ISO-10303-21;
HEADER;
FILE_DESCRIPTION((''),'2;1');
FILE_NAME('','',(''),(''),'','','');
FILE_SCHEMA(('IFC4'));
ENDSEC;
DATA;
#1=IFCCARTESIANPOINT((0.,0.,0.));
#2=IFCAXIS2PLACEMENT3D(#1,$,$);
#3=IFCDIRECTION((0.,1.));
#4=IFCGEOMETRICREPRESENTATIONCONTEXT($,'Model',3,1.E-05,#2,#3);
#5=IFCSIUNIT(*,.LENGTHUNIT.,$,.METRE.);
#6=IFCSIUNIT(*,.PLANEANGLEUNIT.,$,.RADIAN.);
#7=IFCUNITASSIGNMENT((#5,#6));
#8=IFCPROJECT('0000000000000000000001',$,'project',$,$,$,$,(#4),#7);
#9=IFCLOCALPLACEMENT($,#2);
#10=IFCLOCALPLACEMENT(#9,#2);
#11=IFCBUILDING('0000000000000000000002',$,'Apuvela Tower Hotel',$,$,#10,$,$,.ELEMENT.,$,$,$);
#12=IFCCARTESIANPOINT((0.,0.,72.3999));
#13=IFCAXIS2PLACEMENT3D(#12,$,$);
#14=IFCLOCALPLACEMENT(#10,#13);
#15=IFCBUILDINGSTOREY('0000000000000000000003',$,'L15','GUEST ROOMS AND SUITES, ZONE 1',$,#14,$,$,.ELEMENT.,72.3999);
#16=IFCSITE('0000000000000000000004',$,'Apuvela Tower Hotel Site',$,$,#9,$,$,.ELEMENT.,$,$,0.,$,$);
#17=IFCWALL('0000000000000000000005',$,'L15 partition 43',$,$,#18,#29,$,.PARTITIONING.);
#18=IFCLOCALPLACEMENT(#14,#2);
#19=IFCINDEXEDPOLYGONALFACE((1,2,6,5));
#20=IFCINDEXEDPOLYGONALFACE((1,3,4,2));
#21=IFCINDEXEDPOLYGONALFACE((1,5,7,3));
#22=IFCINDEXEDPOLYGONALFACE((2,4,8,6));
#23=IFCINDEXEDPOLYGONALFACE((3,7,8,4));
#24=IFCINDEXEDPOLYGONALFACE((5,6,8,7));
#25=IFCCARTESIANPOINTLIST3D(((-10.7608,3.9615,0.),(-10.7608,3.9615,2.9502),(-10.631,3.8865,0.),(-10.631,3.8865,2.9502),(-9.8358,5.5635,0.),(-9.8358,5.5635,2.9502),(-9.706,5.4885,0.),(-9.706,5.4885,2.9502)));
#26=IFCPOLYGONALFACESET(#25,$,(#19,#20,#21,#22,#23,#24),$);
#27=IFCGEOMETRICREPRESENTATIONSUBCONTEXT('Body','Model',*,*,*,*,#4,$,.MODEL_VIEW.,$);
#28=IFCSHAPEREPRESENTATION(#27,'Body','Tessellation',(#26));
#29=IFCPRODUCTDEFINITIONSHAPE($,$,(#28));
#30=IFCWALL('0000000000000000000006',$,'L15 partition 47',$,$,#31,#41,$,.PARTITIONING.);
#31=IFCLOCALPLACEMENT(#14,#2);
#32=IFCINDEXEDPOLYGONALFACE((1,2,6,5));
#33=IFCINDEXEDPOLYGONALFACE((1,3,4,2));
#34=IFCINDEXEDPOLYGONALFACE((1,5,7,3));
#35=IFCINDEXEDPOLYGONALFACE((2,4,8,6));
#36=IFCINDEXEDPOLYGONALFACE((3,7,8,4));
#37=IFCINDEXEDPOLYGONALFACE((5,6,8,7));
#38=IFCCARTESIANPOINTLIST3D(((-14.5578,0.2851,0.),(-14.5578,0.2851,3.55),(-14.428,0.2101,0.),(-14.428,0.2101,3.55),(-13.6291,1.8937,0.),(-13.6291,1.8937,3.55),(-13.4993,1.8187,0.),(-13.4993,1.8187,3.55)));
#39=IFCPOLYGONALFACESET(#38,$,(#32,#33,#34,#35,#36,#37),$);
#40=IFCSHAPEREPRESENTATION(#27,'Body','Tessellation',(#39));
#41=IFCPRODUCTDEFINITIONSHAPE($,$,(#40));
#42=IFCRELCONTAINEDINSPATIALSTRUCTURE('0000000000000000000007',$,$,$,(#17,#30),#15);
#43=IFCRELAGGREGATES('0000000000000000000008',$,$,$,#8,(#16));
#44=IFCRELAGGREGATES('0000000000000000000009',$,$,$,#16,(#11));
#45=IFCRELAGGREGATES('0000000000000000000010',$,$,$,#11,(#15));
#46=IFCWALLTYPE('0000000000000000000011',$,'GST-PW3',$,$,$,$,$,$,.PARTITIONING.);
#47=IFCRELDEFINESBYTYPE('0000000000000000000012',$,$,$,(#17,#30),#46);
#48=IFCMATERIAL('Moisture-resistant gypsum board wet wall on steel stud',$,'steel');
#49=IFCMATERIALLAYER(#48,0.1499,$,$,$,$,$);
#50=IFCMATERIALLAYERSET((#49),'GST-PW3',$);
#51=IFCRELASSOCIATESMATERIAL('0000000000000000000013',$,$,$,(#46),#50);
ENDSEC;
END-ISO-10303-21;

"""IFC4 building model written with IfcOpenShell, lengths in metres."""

from ifc_helpers import new_model, si_unit, direction, frame, frame_2d, origin, place, context, subcontext, project, spatial, rectangle, extrude, material, layer, layer_set, type_object, element, save


model = new_model("IFC4")

# Units and contexts
model_context = context("Model", 3, precision=1e-05, world=origin(), true_north=direction((0.0, 1.0)))
body_context = subcontext(model_context, "Body", "Model", "MODEL_VIEW")
ifc_project = project(units=[si_unit("LENGTHUNIT", "METRE"), si_unit("PLANEANGLEUNIT", "RADIAN")], contexts=[model_context])

# Site, building, storey
site_placement = place(None, origin())
site = spatial("IfcSite", under=ifc_project, at=site_placement, Name="Apuvela Tower Hotel Site", CompositionType="ELEMENT", RefElevation=0.0)
building_placement = place(site_placement, origin())
building = spatial("IfcBuilding", under=site, at=building_placement, Name="Apuvela Tower Hotel", CompositionType="ELEMENT")
storey_placement = place(building_placement, frame((0.0, 0.0, 72.3999)))
storey = spatial("IfcBuildingStorey", under=building, at=storey_placement, Name="L15", Description="GUEST ROOMS AND SUITES, ZONE 1", CompositionType="ELEMENT", Elevation=72.3999)

# Shared definitions
ifc_material_1 = material(Name="Moisture-resistant gypsum board wet wall on steel stud", Category="steel")
ifc_layer_1 = layer(ifc_material_1, 0.1499)
ifc_layer_set_1 = layer_set([ifc_layer_1], Name="GST-PW3")
wall_type_1 = type_object("IfcWallType", Name="GST-PW3", PredefinedType="PARTITIONING", material=ifc_layer_set_1)

# Walls
wall_1_placement = place(storey_placement, frame((-9.771, 5.5259, 0.0), z_axis=(0.0, 0.0, 1.0), x_axis=(-0.500042, -0.866001, 0.0)))
element("IfcWall", 1, at=wall_1_placement, inside=storey, type_object=wall_type_1, Name="L15 partition 43", PredefinedType="PARTITIONING", context=body_context, shape_type="SweptSolid", body=[
    extrude(rectangle(XDim=1.8499, YDim=0.1499, at=frame_2d((0.9248, 0.0))), origin(), (0.0, 0.0, 1.0), 2.9502),
])
wall_2_placement = place(storey_placement, frame((-13.5642, 1.8562, 0.0), z_axis=(0.0, 0.0, 1.0), x_axis=(-0.499984, -0.866035, 0.0)))
element("IfcWall", 2, at=wall_2_placement, inside=storey, type_object=wall_type_1, Name="L15 partition 47", PredefinedType="PARTITIONING", context=body_context, shape_type="SweptSolid", body=[
    extrude(rectangle(XDim=1.8574, YDim=0.1499, at=frame_2d((0.9287, 0.0))), origin(), (0.0, 0.0, 1.0), 3.55),
])

save(model, "model.ifc")
